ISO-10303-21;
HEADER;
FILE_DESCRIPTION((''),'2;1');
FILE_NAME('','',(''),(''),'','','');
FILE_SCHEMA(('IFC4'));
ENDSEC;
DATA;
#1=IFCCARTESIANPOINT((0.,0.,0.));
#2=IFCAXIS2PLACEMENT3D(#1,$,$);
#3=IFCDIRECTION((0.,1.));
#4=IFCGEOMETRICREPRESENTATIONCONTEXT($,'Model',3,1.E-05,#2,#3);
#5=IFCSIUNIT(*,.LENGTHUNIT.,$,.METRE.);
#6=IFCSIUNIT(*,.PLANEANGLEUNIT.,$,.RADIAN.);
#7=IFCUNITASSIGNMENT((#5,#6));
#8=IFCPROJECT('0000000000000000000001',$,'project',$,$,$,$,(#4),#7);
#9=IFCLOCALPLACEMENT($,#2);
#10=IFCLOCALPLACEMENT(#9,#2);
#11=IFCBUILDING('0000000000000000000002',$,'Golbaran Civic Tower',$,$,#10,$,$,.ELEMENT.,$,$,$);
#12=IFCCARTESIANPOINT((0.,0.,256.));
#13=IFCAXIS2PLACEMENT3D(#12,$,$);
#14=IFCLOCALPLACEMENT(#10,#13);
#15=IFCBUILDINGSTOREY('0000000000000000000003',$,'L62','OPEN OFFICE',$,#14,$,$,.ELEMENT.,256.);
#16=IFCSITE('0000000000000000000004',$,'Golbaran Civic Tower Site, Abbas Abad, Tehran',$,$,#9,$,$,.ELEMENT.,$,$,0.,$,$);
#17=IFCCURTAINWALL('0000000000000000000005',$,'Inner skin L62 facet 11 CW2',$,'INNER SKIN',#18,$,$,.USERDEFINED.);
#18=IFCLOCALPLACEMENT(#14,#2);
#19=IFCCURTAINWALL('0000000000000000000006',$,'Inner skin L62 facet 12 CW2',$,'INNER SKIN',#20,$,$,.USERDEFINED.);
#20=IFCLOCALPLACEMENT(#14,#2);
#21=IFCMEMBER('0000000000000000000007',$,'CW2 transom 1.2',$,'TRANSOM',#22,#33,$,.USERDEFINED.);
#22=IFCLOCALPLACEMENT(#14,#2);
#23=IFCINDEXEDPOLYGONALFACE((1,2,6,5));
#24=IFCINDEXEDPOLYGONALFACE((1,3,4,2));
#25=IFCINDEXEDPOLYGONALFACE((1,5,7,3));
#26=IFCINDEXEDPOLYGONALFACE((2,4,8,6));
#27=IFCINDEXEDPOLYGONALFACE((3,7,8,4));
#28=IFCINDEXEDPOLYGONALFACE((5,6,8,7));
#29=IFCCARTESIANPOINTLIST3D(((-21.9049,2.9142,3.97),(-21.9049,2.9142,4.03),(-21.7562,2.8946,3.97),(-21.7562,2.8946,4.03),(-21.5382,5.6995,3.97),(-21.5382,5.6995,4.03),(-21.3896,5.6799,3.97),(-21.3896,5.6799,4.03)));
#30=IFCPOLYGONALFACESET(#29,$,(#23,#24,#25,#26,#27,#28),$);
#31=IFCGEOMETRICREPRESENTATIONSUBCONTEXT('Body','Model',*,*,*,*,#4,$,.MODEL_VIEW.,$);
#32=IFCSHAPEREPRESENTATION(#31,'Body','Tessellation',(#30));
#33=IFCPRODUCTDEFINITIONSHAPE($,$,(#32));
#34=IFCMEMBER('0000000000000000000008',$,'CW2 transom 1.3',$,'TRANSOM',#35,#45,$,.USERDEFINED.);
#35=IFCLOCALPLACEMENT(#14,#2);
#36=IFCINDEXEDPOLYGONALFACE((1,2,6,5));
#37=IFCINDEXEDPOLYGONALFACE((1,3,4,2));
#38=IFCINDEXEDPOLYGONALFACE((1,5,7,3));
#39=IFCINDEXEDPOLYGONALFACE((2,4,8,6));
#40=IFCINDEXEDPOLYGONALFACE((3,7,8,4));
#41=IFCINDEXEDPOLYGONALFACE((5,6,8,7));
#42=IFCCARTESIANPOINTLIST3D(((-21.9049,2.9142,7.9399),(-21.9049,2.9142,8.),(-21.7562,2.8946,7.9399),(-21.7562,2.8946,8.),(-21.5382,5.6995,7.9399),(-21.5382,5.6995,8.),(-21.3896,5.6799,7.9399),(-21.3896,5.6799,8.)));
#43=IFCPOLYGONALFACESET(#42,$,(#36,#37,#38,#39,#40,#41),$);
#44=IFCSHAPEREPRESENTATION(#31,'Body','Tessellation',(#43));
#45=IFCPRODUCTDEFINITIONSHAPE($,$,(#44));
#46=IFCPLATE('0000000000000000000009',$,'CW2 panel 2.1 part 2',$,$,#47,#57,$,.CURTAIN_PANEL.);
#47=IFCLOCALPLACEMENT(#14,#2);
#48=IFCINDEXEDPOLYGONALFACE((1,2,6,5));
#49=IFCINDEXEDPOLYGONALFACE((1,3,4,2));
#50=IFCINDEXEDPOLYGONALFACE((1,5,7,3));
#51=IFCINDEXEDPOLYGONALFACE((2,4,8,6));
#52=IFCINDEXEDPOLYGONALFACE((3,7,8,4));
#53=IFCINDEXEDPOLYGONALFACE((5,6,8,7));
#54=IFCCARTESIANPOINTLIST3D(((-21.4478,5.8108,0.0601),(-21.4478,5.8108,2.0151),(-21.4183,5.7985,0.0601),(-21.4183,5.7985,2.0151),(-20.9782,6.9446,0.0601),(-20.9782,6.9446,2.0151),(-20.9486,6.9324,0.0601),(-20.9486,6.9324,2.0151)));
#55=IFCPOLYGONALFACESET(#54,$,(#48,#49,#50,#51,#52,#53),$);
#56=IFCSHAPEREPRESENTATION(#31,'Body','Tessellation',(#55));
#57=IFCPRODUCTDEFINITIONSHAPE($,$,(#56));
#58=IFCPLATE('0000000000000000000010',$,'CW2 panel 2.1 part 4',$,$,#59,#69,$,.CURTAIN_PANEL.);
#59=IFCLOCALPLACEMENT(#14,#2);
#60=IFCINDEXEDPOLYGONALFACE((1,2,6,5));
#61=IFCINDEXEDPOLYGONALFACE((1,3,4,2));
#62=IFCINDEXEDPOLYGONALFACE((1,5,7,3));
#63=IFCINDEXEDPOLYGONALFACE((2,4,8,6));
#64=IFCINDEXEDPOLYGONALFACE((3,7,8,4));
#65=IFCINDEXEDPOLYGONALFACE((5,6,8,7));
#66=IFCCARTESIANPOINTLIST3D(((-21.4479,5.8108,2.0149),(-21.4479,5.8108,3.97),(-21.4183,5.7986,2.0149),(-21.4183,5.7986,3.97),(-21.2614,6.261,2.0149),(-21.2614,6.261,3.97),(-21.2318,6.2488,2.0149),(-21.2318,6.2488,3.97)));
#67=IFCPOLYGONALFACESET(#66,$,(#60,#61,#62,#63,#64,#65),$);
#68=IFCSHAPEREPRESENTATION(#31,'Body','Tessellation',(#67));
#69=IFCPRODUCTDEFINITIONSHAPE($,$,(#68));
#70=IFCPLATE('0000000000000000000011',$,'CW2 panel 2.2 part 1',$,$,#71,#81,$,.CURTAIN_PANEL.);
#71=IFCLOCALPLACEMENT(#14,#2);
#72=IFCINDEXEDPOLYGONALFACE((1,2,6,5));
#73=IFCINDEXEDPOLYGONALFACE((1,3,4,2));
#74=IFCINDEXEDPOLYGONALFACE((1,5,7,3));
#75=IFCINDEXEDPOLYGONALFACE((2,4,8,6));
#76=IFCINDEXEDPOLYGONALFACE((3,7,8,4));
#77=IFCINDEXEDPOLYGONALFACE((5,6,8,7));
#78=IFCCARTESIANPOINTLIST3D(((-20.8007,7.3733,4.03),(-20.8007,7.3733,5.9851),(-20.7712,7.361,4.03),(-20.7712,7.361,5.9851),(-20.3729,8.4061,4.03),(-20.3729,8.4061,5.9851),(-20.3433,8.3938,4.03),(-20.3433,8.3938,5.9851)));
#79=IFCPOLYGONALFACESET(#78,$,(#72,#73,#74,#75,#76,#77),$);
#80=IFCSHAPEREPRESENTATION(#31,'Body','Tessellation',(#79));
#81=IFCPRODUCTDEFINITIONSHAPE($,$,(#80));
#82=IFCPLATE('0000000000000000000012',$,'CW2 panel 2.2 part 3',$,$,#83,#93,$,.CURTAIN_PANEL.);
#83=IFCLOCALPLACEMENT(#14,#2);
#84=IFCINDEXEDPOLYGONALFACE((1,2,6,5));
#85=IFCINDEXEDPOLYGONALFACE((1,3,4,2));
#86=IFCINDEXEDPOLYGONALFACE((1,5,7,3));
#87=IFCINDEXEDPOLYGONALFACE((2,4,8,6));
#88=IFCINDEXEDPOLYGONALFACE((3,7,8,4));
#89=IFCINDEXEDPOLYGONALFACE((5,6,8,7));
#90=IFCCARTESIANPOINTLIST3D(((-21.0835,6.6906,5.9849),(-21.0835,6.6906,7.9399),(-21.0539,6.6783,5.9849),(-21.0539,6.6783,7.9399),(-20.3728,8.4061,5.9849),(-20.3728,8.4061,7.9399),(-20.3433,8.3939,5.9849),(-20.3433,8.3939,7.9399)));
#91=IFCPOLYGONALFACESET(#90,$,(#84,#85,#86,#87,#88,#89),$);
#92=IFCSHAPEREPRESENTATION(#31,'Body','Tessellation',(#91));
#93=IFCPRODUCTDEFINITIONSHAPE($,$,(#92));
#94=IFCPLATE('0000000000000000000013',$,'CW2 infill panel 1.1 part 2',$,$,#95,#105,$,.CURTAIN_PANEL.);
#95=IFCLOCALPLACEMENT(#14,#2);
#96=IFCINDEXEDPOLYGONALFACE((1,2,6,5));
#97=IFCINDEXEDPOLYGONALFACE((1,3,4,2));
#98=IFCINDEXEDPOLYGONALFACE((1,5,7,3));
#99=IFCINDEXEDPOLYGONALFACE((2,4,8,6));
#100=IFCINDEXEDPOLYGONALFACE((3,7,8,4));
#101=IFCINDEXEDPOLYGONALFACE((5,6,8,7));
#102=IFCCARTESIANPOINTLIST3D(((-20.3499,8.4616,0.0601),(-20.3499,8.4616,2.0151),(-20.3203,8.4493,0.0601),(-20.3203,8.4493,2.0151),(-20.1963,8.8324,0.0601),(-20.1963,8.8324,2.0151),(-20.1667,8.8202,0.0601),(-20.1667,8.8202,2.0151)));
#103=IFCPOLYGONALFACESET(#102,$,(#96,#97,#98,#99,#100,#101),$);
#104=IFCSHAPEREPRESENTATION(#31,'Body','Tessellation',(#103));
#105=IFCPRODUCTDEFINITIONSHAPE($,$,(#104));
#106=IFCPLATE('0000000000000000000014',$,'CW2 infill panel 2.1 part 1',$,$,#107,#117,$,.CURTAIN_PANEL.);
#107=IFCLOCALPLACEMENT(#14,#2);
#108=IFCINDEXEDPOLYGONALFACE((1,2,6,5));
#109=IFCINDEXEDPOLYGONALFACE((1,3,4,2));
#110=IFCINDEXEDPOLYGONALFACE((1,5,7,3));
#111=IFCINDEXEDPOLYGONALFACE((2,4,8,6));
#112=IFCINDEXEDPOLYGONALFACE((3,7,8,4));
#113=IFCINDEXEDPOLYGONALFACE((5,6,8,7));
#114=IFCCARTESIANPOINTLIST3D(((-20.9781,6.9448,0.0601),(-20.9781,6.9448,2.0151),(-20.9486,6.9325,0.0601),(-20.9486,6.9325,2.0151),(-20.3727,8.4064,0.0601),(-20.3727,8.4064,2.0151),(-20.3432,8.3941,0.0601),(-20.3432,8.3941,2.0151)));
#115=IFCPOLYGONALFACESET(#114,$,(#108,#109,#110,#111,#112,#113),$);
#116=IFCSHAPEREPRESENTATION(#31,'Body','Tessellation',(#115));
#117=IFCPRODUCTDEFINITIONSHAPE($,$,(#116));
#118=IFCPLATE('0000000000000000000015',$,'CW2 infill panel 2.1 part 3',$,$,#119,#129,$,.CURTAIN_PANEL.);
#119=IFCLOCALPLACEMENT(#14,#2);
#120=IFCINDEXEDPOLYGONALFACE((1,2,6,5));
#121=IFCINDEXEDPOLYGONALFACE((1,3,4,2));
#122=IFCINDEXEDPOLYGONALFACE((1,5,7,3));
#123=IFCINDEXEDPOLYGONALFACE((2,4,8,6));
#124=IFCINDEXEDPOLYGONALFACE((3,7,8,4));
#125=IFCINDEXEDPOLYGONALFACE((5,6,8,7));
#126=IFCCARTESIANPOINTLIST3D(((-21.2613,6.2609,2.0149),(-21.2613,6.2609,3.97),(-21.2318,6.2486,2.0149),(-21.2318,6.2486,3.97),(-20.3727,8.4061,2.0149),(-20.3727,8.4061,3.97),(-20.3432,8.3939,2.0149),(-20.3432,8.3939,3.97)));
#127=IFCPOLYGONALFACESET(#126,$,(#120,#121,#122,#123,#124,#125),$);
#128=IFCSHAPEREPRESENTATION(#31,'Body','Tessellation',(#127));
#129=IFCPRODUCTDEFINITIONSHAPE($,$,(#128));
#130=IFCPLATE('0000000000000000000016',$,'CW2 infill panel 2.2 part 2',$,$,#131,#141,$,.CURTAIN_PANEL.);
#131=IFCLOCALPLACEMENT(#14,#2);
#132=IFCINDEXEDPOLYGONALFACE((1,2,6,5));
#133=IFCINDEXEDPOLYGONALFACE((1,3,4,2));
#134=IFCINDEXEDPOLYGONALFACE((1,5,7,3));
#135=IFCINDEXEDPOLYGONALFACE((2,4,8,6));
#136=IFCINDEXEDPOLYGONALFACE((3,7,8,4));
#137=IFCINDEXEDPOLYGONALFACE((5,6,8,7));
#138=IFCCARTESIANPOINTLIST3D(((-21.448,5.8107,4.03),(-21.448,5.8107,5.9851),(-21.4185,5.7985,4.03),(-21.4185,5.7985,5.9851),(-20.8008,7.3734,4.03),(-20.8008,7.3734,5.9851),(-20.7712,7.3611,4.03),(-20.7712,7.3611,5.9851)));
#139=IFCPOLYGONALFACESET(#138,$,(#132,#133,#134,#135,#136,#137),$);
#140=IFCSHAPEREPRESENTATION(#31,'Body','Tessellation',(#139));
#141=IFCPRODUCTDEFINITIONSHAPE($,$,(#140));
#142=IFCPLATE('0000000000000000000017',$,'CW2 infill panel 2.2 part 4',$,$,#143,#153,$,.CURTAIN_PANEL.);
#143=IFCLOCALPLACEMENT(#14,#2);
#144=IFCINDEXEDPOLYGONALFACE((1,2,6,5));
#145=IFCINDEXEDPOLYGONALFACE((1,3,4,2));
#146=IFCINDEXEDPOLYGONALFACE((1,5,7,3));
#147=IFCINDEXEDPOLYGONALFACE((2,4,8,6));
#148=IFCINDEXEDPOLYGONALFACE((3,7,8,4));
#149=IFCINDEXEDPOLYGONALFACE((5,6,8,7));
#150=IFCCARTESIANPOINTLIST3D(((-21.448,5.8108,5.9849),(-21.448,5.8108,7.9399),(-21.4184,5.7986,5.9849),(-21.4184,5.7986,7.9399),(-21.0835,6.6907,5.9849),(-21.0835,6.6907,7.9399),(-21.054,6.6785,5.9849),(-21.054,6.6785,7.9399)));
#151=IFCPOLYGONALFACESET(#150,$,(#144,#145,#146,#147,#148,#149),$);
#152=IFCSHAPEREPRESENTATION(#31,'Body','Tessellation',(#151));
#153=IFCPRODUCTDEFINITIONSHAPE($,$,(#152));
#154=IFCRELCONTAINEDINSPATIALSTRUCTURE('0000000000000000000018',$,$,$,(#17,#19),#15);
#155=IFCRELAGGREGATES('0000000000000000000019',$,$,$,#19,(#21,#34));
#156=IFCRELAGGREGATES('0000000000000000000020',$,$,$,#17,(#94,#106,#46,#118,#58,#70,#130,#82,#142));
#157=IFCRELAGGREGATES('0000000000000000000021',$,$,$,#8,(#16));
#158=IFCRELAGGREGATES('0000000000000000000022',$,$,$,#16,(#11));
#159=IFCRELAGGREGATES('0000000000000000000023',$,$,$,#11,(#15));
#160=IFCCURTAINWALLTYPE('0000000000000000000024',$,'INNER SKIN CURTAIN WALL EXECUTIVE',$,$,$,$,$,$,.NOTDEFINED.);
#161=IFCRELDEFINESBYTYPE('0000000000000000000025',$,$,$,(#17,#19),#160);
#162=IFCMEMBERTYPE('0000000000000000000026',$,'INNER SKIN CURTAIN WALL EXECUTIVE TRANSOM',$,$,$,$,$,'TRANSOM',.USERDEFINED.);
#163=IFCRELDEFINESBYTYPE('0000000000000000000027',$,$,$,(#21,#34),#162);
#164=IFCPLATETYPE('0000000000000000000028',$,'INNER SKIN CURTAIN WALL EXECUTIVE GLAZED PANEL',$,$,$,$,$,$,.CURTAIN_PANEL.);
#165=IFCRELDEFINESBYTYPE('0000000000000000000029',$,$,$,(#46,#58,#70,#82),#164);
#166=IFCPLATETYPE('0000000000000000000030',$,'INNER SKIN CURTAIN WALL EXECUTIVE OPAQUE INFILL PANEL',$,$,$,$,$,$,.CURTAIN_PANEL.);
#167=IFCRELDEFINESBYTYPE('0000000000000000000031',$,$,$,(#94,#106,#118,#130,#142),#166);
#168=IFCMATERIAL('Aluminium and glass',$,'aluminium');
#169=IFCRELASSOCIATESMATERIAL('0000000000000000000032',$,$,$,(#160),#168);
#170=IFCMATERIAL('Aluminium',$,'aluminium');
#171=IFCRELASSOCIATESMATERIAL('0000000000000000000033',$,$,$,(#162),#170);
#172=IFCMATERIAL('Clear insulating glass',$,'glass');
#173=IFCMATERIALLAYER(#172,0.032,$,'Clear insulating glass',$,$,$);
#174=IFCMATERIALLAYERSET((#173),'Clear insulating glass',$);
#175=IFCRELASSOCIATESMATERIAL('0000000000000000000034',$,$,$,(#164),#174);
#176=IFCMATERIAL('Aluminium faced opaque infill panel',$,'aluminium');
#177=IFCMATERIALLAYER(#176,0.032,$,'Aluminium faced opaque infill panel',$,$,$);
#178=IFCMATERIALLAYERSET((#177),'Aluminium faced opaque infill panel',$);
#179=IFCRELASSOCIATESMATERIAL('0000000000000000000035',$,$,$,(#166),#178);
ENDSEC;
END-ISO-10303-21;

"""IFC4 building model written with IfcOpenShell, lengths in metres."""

from ifc_helpers import new_model, si_unit, direction, frame, origin, origin_2d, place, context, subcontext, project, spatial, rectangle, extrude, material, layer, layer_set, material_profile, profile_set, type_object, element, aggregate, save


model = new_model("IFC4")

# Units and contexts
model_context = context("Model", 3, precision=1e-05, world=origin(), true_north=direction((0.0, 1.0)))
body_context = subcontext(model_context, "Body", "Model", "MODEL_VIEW")
ifc_project = project(units=[si_unit("LENGTHUNIT", "METRE"), si_unit("PLANEANGLEUNIT", "RADIAN")], contexts=[model_context])

# Site, building, storey
site_placement = place(None, origin())
site = spatial("IfcSite", under=ifc_project, at=site_placement, Name="Golbaran Civic Tower Site, Abbas Abad, Tehran", CompositionType="ELEMENT", RefElevation=0.0)
building_placement = place(site_placement, origin())
building = spatial("IfcBuilding", under=site, at=building_placement, Name="Golbaran Civic Tower", CompositionType="ELEMENT")
storey_placement = place(building_placement, frame((0.0, 0.0, 256.0)))
storey = spatial("IfcBuildingStorey", under=building, at=storey_placement, Name="L62", Description="OPEN OFFICE", CompositionType="ELEMENT", Elevation=256.0)

# Curtain wall
ifc_material_1 = material(Name="Aluminium and glass", Category="aluminium")
curtain_wall_type = type_object("IfcCurtainWallType", Name="INNER SKIN CURTAIN WALL EXECUTIVE", PredefinedType="NOTDEFINED", material=ifc_material_1)
curtain_wall_1_placement = place(storey_placement, origin())
curtain_wall_1 = element("IfcCurtainWall", 1, at=curtain_wall_1_placement, inside=storey, type_object=curtain_wall_type, Name="Inner skin L62 facet 11 CW2", ObjectType="INNER SKIN", PredefinedType="USERDEFINED")
ifc_material_2 = material(Name="Aluminium", Category="aluminium")

# Curtain wall
curtain_wall_2_placement = place(storey_placement, origin())
curtain_wall_2 = element("IfcCurtainWall", 2, at=curtain_wall_2_placement, inside=storey, type_object=curtain_wall_type, Name="Inner skin L62 facet 12 CW2", ObjectType="INNER SKIN", PredefinedType="USERDEFINED")

# Members
ifc_material_profile_1 = material_profile(ifc_material_2, rectangle(XDim=0.1499, YDim=0.0601, at=origin_2d()), Name="INNER SKIN CURTAIN WALL EXECUTIVE TRANSOM")
ifc_profile_set_1 = profile_set([ifc_material_profile_1], Name="Aluminium")
member_type_1 = type_object("IfcMemberType", Name="INNER SKIN CURTAIN WALL EXECUTIVE TRANSOM", ElementType="TRANSOM", PredefinedType="USERDEFINED", material=ifc_profile_set_1)
member_1_placement = place(storey_placement, frame((-21.4639, 5.6897, 4.0), z_axis=(-0.130524, -0.991445, 0.0), x_axis=(0.991445, -0.130524, 0.0)))
member_1 = element("IfcMember", 3, at=member_1_placement, type_object=member_type_1, Name="CW2 transom 1.2", ObjectType="TRANSOM", PredefinedType="USERDEFINED", context=body_context, shape_type="SweptSolid", body=[
    extrude(rectangle(XDim=0.1499, YDim=0.0601, at=origin_2d()), origin(), (0.0, 0.0, 1.0), 2.8093),
])
member_2_placement = place(storey_placement, frame((-21.4639, 5.6897, 7.97), z_axis=(-0.130524, -0.991445, 0.0), x_axis=(0.991445, -0.130524, 0.0)))
member_2 = element("IfcMember", 4, at=member_2_placement, type_object=member_type_1, Name="CW2 transom 1.3", ObjectType="TRANSOM", PredefinedType="USERDEFINED", context=body_context, shape_type="SweptSolid", body=[
    extrude(rectangle(XDim=0.1499, YDim=0.0601, at=origin_2d()), origin(), (0.0, 0.0, 1.0), 2.8093),
])
aggregate(curtain_wall_2, [member_1, member_2])

# Plates
ifc_material_3 = material(Name="Clear insulating glass", Category="glass")
ifc_layer_1 = layer(ifc_material_3, 0.032, Name="Clear insulating glass")
ifc_layer_set_1 = layer_set([ifc_layer_1], Name="Clear insulating glass")
plate_type_1 = type_object("IfcPlateType", Name="INNER SKIN CURTAIN WALL EXECUTIVE GLAZED PANEL", PredefinedType="CURTAIN_PANEL", material=ifc_layer_set_1)
plate_1_placement = place(storey_placement, frame((-21.1982, 6.3716, 0.0601), z_axis=(0.0, 0.0, 1.0), x_axis=(-0.382683, -0.92388, 0.0)))
plate_1 = element("IfcPlate", 5, at=plate_1_placement, type_object=plate_type_1, Name="CW2 panel 2.1 part 2", PredefinedType="CURTAIN_PANEL", context=body_context, shape_type="SweptSolid", body=[
    extrude(rectangle(XDim=1.2273, YDim=0.032, at=origin_2d()), origin(), (0.0, 0.0, 1.0), 1.9551),
])
plate_2_placement = place(storey_placement, frame((-21.3398, 6.0298, 2.0149), z_axis=(0.0, 0.0, 1.0), x_axis=(-0.382683, -0.92388, 0.0)))
plate_2 = element("IfcPlate", 6, at=plate_2_placement, type_object=plate_type_1, Name="CW2 panel 2.1 part 4", PredefinedType="CURTAIN_PANEL", context=body_context, shape_type="SweptSolid", body=[
    extrude(rectangle(XDim=0.4873, YDim=0.032, at=origin_2d()), origin(), (0.0, 0.0, 1.0), 1.9551),
])
plate_3_placement = place(storey_placement, frame((-20.572, 7.8835, 4.03), z_axis=(0.0, 0.0, 1.0), x_axis=(-0.382683, -0.92388, 0.0)))
plate_3 = element("IfcPlate", 7, at=plate_3_placement, type_object=plate_type_1, Name="CW2 panel 2.2 part 1", PredefinedType="CURTAIN_PANEL", context=body_context, shape_type="SweptSolid", body=[
    extrude(rectangle(XDim=1.1179, YDim=0.032, at=origin_2d()), origin(), (0.0, 0.0, 1.0), 1.9551),
])
plate_4_placement = place(storey_placement, frame((-20.7134, 7.5422, 5.9849), z_axis=(0.0, 0.0, 1.0), x_axis=(-0.382683, -0.92388, 0.0)))
plate_4 = element("IfcPlate", 8, at=plate_4_placement, type_object=plate_type_1, Name="CW2 panel 2.2 part 3", PredefinedType="CURTAIN_PANEL", context=body_context, shape_type="SweptSolid", body=[
    extrude(rectangle(XDim=1.8569, YDim=0.032, at=origin_2d()), origin(), (0.0, 0.0, 1.0), 1.9551),
])
ifc_material_4 = material(Name="Aluminium faced opaque infill panel", Category="aluminium")
ifc_layer_2 = layer(ifc_material_4, 0.032, Name="Aluminium faced opaque infill panel")
ifc_layer_set_2 = layer_set([ifc_layer_2], Name="Aluminium faced opaque infill panel")
plate_type_2 = type_object("IfcPlateType", Name="INNER SKIN CURTAIN WALL EXECUTIVE OPAQUE INFILL PANEL", PredefinedType="CURTAIN_PANEL", material=ifc_layer_set_2)
plate_5_placement = place(storey_placement, frame((-20.2583, 8.6409, 0.0601), z_axis=(0.0, 0.0, 1.0), x_axis=(-0.382683, -0.92388, 0.0)))
plate_5 = element("IfcPlate", 9, at=plate_5_placement, type_object=plate_type_2, Name="CW2 infill panel 1.1 part 2", PredefinedType="CURTAIN_PANEL", context=body_context, shape_type="SweptSolid", body=[
    extrude(rectangle(XDim=0.4014, YDim=0.032, at=origin_2d()), origin(), (0.0, 0.0, 1.0), 1.9551),
])
plate_6_placement = place(storey_placement, frame((-20.6606, 7.6694, 0.0601), z_axis=(0.0, 0.0, 1.0), x_axis=(-0.382683, -0.92388, 0.0)))
plate_6 = element("IfcPlate", 10, at=plate_6_placement, type_object=plate_type_2, Name="CW2 infill panel 2.1 part 1", PredefinedType="CURTAIN_PANEL", context=body_context, shape_type="SweptSolid", body=[
    extrude(rectangle(XDim=1.582, YDim=0.032, at=origin_2d()), origin(), (0.0, 0.0, 1.0), 1.9551),
])
plate_7_placement = place(storey_placement, frame((-20.8022, 7.3274, 2.0149), z_axis=(0.0, 0.0, 1.0), x_axis=(-0.382683, -0.92388, 0.0)))
plate_7 = element("IfcPlate", 11, at=plate_7_placement, type_object=plate_type_2, Name="CW2 infill panel 2.1 part 3", PredefinedType="CURTAIN_PANEL", context=body_context, shape_type="SweptSolid", body=[
    extrude(rectangle(XDim=2.322, YDim=0.032, at=origin_2d()), origin(), (0.0, 0.0, 1.0), 1.9551),
])
plate_8_placement = place(storey_placement, frame((-21.1096, 6.5859, 4.03), z_axis=(0.0, 0.0, 1.0), x_axis=(-0.382683, -0.92388, 0.0)))
plate_8 = element("IfcPlate", 12, at=plate_8_placement, type_object=plate_type_2, Name="CW2 infill panel 2.2 part 2", PredefinedType="CURTAIN_PANEL", context=body_context, shape_type="SweptSolid", body=[
    extrude(rectangle(XDim=1.6914, YDim=0.032, at=origin_2d()), origin(), (0.0, 0.0, 1.0), 1.9551),
])
plate_9_placement = place(storey_placement, frame((-21.251, 6.2446, 5.9849), z_axis=(0.0, 0.0, 1.0), x_axis=(-0.382683, -0.92388, 0.0)))
plate_9 = element("IfcPlate", 13, at=plate_9_placement, type_object=plate_type_2, Name="CW2 infill panel 2.2 part 4", PredefinedType="CURTAIN_PANEL", context=body_context, shape_type="SweptSolid", body=[
    extrude(rectangle(XDim=0.9524, YDim=0.032, at=origin_2d()), origin(), (0.0, 0.0, 1.0), 1.9551),
])
aggregate(curtain_wall_1, [plate_5, plate_6, plate_1, plate_7, plate_2, plate_3, plate_8, plate_4, plate_9])

save(model, "model.ifc")
